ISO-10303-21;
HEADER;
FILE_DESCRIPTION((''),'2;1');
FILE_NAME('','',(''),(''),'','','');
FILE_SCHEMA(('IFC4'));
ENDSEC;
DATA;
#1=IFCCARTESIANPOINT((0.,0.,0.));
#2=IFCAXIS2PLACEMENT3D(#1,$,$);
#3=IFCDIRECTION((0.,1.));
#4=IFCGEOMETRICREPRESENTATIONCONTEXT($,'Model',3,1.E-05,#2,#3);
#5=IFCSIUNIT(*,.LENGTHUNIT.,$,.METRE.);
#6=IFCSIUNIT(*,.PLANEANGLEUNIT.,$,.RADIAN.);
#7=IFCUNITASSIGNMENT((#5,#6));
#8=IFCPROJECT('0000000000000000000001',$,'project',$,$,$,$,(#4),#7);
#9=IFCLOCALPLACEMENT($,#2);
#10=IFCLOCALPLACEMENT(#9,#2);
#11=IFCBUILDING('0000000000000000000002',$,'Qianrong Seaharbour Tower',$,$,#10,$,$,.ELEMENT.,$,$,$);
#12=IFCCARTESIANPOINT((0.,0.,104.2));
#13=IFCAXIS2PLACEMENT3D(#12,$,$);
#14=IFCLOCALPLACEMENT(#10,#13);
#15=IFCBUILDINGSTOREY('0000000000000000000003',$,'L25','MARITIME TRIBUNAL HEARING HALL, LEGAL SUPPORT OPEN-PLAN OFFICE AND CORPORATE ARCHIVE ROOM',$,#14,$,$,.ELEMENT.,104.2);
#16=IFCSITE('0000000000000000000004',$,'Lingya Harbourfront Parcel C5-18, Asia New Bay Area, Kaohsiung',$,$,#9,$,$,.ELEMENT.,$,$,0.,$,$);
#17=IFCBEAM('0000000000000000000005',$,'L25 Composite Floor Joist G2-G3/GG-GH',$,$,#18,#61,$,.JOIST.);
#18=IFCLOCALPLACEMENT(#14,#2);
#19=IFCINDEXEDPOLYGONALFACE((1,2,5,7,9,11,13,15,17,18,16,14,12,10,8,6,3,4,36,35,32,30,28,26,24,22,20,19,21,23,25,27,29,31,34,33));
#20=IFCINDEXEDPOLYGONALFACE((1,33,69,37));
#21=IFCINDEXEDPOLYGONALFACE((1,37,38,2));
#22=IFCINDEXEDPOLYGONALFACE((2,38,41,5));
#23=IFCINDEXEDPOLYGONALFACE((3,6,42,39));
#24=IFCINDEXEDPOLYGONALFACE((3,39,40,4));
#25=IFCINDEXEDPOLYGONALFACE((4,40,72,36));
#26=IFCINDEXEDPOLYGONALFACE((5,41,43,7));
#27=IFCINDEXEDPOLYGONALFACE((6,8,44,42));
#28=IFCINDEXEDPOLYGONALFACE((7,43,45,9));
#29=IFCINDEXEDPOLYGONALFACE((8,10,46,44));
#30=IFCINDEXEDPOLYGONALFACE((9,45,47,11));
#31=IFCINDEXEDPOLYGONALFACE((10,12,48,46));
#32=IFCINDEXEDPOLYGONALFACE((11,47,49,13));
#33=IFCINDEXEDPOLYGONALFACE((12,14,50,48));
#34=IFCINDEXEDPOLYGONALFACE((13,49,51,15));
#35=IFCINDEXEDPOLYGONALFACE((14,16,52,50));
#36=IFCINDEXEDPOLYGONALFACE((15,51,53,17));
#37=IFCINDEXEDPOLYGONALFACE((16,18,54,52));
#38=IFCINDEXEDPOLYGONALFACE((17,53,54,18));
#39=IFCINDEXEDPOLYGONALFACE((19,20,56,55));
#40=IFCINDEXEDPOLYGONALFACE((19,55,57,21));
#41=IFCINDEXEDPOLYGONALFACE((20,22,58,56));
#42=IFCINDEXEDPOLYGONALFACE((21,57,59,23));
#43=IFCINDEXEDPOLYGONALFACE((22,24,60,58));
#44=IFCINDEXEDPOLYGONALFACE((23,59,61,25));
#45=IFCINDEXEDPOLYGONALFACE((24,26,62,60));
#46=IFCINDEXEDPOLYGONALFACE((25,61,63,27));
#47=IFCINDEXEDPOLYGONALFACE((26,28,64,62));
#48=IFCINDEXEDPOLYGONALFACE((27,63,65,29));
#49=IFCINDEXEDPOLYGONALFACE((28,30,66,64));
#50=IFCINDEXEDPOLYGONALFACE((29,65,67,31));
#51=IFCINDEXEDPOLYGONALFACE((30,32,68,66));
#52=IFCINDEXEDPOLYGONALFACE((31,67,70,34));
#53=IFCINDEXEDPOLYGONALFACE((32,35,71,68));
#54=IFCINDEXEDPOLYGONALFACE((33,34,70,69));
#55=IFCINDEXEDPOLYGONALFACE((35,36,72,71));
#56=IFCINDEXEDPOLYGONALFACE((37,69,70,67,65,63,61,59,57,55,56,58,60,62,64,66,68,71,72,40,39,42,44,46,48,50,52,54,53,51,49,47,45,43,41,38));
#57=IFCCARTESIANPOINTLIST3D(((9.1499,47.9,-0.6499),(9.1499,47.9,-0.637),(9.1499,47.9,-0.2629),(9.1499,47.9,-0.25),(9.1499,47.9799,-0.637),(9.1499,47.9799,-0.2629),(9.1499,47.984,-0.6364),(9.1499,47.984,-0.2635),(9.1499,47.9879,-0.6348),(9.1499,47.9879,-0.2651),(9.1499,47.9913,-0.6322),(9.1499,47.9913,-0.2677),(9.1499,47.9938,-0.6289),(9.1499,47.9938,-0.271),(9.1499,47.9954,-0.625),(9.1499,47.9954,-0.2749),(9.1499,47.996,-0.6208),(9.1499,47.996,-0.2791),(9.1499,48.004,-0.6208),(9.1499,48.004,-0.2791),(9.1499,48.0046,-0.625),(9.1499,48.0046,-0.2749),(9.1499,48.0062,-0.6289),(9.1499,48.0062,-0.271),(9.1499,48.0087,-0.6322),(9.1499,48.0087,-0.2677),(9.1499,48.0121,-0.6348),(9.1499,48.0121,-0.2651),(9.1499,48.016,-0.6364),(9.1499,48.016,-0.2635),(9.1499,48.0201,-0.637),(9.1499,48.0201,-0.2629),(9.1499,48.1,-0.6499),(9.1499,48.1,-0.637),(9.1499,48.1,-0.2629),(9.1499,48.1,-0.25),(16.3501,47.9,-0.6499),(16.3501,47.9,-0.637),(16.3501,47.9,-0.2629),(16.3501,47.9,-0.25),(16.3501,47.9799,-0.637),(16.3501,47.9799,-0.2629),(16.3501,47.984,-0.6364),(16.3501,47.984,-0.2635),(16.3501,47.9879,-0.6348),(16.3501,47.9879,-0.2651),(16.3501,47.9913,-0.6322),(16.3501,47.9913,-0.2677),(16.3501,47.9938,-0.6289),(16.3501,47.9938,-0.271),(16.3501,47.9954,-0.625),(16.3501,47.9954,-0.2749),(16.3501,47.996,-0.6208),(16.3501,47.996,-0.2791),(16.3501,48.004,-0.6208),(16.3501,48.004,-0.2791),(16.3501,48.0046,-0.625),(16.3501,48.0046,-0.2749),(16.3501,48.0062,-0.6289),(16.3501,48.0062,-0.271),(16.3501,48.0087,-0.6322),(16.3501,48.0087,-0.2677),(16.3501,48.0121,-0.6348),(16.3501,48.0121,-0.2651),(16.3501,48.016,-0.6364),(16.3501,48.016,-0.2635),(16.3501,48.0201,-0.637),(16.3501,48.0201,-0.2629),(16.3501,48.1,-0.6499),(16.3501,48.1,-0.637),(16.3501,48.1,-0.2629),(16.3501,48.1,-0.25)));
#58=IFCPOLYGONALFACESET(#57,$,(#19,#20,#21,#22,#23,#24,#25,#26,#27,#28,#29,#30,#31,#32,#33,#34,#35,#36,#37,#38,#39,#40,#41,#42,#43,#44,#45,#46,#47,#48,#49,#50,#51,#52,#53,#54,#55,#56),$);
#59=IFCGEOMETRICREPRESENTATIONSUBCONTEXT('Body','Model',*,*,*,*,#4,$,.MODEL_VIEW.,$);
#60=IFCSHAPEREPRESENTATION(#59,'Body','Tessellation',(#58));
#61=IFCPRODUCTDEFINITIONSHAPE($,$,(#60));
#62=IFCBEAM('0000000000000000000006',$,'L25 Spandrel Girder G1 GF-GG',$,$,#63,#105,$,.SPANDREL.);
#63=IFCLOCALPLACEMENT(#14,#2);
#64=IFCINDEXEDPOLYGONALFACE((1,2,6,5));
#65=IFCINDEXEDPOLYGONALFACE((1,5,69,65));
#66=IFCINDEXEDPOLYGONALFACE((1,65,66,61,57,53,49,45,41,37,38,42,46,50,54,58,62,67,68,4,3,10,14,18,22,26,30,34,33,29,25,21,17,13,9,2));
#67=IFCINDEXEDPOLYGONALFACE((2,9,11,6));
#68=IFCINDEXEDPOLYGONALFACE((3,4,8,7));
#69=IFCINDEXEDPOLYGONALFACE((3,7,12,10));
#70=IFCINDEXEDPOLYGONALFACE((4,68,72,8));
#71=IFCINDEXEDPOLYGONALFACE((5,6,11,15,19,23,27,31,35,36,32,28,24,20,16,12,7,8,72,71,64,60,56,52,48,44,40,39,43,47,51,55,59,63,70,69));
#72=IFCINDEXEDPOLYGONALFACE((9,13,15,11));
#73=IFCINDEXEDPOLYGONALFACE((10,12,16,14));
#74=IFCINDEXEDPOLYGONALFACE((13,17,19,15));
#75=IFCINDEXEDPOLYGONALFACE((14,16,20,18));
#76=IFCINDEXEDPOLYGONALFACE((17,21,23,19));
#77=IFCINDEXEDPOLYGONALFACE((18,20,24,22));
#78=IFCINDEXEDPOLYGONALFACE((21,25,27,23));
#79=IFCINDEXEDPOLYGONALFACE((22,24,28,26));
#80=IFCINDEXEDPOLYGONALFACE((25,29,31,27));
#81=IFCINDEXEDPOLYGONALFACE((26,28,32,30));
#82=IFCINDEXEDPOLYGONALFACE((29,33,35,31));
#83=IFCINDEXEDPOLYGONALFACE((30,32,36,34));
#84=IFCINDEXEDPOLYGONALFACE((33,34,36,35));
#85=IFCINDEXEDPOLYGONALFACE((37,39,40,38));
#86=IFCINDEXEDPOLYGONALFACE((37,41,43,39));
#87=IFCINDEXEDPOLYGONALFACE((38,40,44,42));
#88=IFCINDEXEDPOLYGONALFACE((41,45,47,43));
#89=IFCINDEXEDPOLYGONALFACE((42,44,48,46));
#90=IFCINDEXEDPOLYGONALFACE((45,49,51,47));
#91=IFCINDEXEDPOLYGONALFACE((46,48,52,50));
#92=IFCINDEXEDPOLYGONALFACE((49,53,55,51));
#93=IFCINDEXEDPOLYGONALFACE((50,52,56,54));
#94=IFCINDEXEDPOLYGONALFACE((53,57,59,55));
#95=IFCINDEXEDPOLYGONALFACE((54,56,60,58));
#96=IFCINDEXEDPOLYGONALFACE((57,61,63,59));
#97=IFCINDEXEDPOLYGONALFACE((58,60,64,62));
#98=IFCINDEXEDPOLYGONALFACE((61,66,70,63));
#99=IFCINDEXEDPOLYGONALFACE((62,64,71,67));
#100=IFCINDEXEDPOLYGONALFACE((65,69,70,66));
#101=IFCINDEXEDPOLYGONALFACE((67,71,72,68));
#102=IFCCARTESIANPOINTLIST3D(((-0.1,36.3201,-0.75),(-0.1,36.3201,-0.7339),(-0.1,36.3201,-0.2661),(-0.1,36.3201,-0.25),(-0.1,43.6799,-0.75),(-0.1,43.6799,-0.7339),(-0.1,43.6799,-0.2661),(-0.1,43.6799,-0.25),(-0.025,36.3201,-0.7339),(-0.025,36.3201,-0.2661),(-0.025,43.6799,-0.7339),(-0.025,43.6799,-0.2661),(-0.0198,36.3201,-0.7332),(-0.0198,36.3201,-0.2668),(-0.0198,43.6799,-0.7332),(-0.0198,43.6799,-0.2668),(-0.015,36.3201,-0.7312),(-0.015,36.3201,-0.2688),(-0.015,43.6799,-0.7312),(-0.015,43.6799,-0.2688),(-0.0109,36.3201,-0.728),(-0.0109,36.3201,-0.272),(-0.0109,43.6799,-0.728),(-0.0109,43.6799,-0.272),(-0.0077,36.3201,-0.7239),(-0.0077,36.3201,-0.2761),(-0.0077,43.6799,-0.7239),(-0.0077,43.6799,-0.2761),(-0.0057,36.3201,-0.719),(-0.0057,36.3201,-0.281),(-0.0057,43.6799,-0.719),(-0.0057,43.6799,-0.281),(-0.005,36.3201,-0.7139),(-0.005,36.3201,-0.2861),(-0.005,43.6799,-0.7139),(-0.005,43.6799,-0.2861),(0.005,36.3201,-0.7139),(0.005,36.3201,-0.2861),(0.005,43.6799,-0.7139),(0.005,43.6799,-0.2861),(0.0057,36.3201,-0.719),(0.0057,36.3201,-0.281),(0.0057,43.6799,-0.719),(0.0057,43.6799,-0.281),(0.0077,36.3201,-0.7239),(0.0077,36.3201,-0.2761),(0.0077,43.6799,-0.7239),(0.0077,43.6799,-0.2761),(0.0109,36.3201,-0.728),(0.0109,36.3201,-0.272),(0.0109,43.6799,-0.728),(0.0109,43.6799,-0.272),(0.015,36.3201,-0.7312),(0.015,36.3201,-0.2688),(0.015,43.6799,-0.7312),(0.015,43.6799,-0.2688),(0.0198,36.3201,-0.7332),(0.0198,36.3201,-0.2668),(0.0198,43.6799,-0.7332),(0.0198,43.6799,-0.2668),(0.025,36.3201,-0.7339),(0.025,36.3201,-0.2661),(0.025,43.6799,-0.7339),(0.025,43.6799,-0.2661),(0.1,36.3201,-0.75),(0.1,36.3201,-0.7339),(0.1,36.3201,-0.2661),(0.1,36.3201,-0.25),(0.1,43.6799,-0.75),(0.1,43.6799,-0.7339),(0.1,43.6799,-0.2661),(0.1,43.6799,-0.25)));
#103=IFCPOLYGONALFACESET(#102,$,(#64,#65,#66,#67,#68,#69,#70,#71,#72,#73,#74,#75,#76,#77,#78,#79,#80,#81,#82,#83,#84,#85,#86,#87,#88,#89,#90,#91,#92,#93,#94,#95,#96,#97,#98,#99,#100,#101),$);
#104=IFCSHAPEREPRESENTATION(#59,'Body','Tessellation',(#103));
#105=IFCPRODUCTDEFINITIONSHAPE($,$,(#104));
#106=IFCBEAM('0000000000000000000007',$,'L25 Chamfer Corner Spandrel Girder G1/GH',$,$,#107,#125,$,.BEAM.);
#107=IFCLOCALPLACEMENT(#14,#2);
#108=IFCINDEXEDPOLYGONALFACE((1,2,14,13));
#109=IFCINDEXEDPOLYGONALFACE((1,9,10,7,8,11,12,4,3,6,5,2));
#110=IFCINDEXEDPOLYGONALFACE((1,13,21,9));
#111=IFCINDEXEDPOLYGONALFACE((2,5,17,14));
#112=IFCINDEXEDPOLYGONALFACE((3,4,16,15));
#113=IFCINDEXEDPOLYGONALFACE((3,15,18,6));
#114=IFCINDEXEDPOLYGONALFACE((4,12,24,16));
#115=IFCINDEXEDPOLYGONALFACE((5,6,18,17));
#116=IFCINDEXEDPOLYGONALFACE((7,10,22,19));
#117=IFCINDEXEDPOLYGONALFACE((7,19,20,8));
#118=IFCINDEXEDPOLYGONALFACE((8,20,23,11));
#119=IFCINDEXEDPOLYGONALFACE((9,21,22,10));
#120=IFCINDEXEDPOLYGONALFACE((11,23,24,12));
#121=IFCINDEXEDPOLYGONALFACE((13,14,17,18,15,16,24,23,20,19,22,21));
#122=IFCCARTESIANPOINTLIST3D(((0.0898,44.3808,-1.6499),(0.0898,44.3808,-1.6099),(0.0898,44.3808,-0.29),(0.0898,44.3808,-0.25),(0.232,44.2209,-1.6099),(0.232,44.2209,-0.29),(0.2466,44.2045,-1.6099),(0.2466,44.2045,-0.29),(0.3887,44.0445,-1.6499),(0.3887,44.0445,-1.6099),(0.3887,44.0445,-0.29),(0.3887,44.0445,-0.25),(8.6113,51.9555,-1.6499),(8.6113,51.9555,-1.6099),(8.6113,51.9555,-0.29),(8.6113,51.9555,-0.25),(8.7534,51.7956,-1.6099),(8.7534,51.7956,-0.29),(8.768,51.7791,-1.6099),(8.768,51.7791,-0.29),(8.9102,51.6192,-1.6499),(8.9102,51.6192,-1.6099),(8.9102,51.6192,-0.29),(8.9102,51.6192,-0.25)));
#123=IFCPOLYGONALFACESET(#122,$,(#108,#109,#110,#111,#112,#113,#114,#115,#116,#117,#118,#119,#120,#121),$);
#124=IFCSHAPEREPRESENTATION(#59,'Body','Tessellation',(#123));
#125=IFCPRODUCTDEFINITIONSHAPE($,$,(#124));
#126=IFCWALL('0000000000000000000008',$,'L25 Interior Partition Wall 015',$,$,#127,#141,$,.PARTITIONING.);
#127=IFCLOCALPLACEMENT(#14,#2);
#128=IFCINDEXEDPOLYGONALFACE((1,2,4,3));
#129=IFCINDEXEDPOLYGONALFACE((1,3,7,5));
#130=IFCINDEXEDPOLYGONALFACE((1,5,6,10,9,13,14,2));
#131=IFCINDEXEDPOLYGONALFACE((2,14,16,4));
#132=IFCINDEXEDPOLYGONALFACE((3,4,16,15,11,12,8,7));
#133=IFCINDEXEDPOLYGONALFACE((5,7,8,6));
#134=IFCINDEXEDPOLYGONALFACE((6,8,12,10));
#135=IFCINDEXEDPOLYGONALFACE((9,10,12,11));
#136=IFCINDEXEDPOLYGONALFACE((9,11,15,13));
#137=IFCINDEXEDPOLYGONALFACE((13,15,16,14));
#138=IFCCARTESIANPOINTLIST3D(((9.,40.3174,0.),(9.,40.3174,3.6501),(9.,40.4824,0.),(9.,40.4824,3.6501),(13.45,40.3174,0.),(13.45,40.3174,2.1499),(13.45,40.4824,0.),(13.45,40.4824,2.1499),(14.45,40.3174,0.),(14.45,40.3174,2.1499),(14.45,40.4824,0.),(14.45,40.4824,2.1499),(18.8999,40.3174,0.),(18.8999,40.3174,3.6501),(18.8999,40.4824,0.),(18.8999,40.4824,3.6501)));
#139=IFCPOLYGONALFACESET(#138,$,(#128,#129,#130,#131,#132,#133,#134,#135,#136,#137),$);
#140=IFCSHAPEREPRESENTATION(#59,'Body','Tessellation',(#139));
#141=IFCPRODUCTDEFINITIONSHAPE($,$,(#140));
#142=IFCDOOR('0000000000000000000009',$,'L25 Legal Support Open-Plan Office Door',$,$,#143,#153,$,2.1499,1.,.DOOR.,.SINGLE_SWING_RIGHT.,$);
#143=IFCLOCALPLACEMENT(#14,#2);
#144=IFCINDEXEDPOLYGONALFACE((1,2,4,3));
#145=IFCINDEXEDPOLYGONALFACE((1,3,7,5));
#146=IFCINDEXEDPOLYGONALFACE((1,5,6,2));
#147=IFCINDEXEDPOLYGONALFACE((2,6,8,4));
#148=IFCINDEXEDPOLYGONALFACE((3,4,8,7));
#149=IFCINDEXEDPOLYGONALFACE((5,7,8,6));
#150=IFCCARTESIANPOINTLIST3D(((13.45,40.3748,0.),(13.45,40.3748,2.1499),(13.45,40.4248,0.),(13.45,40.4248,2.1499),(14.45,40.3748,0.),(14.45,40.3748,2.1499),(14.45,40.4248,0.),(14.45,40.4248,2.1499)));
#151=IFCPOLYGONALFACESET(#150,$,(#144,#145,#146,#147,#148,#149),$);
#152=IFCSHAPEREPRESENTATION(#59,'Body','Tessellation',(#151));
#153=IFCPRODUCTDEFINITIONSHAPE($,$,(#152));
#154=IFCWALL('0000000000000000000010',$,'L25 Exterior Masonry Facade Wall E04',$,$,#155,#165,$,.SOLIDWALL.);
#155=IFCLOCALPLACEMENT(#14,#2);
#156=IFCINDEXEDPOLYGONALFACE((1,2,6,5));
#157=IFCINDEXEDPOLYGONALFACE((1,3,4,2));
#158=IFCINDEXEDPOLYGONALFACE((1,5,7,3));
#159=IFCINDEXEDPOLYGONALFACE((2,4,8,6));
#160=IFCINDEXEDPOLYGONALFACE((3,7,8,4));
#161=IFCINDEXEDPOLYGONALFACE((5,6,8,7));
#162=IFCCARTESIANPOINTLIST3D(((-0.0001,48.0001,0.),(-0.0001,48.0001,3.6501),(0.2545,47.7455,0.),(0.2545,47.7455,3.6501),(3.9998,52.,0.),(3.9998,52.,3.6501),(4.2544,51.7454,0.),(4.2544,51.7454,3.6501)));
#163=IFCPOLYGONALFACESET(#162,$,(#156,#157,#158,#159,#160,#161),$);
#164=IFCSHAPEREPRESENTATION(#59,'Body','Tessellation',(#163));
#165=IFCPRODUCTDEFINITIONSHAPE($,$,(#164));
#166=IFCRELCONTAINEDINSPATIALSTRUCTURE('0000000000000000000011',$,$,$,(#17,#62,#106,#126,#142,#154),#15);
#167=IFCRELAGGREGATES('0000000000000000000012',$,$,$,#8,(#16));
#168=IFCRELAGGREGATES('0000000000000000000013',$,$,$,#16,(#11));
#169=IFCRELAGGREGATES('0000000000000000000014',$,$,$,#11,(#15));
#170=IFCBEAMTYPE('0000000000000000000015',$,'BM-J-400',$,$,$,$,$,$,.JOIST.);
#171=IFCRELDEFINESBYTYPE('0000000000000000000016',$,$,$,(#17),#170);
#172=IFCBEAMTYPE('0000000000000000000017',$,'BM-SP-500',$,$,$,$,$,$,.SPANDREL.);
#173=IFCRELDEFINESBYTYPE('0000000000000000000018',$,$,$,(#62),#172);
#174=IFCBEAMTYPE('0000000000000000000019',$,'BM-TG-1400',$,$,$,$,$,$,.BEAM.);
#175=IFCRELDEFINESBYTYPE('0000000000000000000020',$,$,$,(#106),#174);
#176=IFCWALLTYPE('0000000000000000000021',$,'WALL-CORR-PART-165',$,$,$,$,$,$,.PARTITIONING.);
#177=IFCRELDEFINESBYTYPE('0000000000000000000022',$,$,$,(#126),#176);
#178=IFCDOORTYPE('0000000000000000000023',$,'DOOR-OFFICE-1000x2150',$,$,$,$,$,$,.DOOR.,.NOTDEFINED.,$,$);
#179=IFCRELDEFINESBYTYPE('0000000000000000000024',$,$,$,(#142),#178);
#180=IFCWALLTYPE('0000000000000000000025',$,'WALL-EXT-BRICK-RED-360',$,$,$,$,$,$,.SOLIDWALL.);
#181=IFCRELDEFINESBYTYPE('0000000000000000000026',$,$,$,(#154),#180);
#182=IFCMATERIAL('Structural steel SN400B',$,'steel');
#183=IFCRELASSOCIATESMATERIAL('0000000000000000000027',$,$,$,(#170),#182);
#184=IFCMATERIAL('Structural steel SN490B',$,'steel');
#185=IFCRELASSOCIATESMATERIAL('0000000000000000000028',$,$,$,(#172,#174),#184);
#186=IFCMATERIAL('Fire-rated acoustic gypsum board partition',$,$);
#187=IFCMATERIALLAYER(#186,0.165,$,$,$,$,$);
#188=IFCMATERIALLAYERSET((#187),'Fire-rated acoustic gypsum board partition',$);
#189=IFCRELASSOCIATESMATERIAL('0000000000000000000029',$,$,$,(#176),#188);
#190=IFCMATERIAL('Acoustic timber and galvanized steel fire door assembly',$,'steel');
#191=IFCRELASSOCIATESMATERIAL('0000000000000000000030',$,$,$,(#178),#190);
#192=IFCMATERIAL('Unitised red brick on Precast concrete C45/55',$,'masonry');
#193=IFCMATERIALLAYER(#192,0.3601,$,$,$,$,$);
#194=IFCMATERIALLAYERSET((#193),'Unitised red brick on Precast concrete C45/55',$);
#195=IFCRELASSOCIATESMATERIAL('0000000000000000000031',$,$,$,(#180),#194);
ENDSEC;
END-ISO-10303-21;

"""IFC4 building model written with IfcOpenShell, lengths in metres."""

from ifc_helpers import new_model, si_unit, direction, frame, frame_2d, origin, origin_2d, place, context, subcontext, project, spatial, rectangle, i_section, extrude, material, layer, layer_set, material_profile, profile_set, type_object, element, fill, save


model = new_model("IFC4")

# Units and contexts
model_context = context("Model", 3, precision=1e-05, world=origin(), true_north=direction((0.0, 1.0)))
body_context = subcontext(model_context, "Body", "Model", "MODEL_VIEW")
ifc_project = project(units=[si_unit("LENGTHUNIT", "METRE"), si_unit("PLANEANGLEUNIT", "RADIAN")], contexts=[model_context])

# Site, building, storey
site_placement = place(None, origin())
site = spatial("IfcSite", under=ifc_project, at=site_placement, Name="Lingya Harbourfront Parcel C5-18, Asia New Bay Area, Kaohsiung", CompositionType="ELEMENT", RefElevation=0.0)
building_placement = place(site_placement, origin())
building = spatial("IfcBuilding", under=site, at=building_placement, Name="Qianrong Seaharbour Tower", CompositionType="ELEMENT")
storey_placement = place(building_placement, frame((0.0, 0.0, 104.2)))
storey = spatial("IfcBuildingStorey", under=building, at=storey_placement, Name="L25", Description="MARITIME TRIBUNAL HEARING HALL, LEGAL SUPPORT OPEN-PLAN OFFICE AND CORPORATE ARCHIVE ROOM", CompositionType="ELEMENT", Elevation=104.2)

# Shared definitions
ifc_material_1 = material(Name="Structural steel SN490B", Category="steel")

# Beams
ifc_material_2 = material(Name="Structural steel SN400B", Category="steel")
ifc_material_profile_1 = material_profile(ifc_material_2, i_section(OverallWidth=0.2, OverallDepth=0.3999, WebThickness=0.0081, FlangeThickness=0.0129, FilletRadius=0.0161, at=origin_2d()), Name="H400x200x8x13")
ifc_profile_set_1 = profile_set([ifc_material_profile_1], Name="Structural steel SN400B")
beam_type_1 = type_object("IfcBeamType", Name="BM-J-400", PredefinedType="JOIST", material=ifc_profile_set_1)
for number, where, z_axis, x_axis, name in (
    (1, (9.1499, 48.0, -0.45), (1.0, 0.0, 0.0), (0.0, 1.0, 0.0), "L25 Composite Floor Joist G2-G3/GG-GH"),
):
    element("IfcBeam", number, at=place(storey_placement, frame(where, z_axis=z_axis, x_axis=x_axis)), inside=storey, type_object=beam_type_1, Name=name, PredefinedType="JOIST", context=body_context, shape_type="SweptSolid", body=[
        extrude(i_section(OverallWidth=0.2, OverallDepth=0.3999, WebThickness=0.0081, FlangeThickness=0.0129, FilletRadius=0.0161, at=origin_2d()), origin(), (0.0, 0.0, 1.0), 7.2002),
    ])
ifc_material_profile_2 = material_profile(ifc_material_1, i_section(OverallWidth=0.2, OverallDepth=0.5, WebThickness=0.01, FlangeThickness=0.0161, FilletRadius=0.02, at=origin_2d()), Name="H500x200x10x16")
ifc_profile_set_2 = profile_set([ifc_material_profile_2], Name="Structural steel SN490B")
beam_type_2 = type_object("IfcBeamType", Name="BM-SP-500", PredefinedType="SPANDREL", material=ifc_profile_set_2)
beam_1_placement = place(storey_placement, frame((0.0, 36.3201, -0.5), z_axis=(0.0, 1.0, 0.0), x_axis=(-1.0, 0.0, 0.0)))
element("IfcBeam", 2, at=beam_1_placement, inside=storey, type_object=beam_type_2, Name="L25 Spandrel Girder G1 GF-GG", PredefinedType="SPANDREL", context=body_context, shape_type="SweptSolid", body=[
    extrude(i_section(OverallWidth=0.2, OverallDepth=0.5, WebThickness=0.01, FlangeThickness=0.0161, FilletRadius=0.02, at=origin_2d()), origin(), (0.0, 0.0, 1.0), 7.3599),
])
ifc_material_profile_3 = material_profile(ifc_material_1, i_section(OverallWidth=0.45, OverallDepth=1.3999, WebThickness=0.022, FlangeThickness=0.04, at=origin_2d()), Name="BH1400x450x22x40")
ifc_profile_set_3 = profile_set([ifc_material_profile_3], Name="Structural steel SN490B")
beam_type_3 = type_object("IfcBeamType", Name="BM-TG-1400", PredefinedType="BEAM", material=ifc_profile_set_3)
beam_2_placement = place(storey_placement, frame((8.7607, 51.7874, -0.95), z_axis=(-0.747407, -0.664366, 0.0), x_axis=(0.664366, -0.747407, 0.0)))
element("IfcBeam", 3, at=beam_2_placement, inside=storey, type_object=beam_type_3, Name="L25 Chamfer Corner Spandrel Girder G1/GH", PredefinedType="BEAM", context=body_context, shape_type="SweptSolid", body=[
    extrude(i_section(OverallWidth=0.45, OverallDepth=1.3999, WebThickness=0.022, FlangeThickness=0.04, at=origin_2d()), origin(), (0.0, 0.0, 1.0), 11.4014),
])

# Wall, opening, door
ifc_material_3 = material(Name="Fire-rated acoustic gypsum board partition")
ifc_layer_1 = layer(ifc_material_3, 0.165)
ifc_layer_set_1 = layer_set([ifc_layer_1], Name="Fire-rated acoustic gypsum board partition")
wall_type_1 = type_object("IfcWallType", Name="WALL-CORR-PART-165", PredefinedType="PARTITIONING", material=ifc_layer_set_1)
wall_1_placement = place(storey_placement, frame((9.0, 40.3999, 0.0), z_axis=(0.0, 0.0, 1.0), x_axis=(1.0, 0.0, 0.0)))
wall_1 = element("IfcWall", 4, at=wall_1_placement, inside=storey, type_object=wall_type_1, Name="L25 Interior Partition Wall 015", PredefinedType="PARTITIONING", context=body_context, shape_type="SweptSolid", body=[
    extrude(rectangle(XDim=9.8999, YDim=0.165, at=frame_2d((4.95, 0.0))), origin(), (0.0, 0.0, 1.0), 3.6501),
])
opening_1_placement = place(wall_1_placement, frame((4.45, 0.0, 0.0)))
opening_1 = element("IfcOpeningElement", 5, at=opening_1_placement, cuts=wall_1, PredefinedType="OPENING", context=body_context, shape_type="SweptSolid", body=[
    extrude(rectangle(XDim=1.0, YDim=2.1499, at=frame_2d((0.5, 1.075))), frame((0.0, 0.0925, 0.0), z_axis=(0.0, -1.0, 0.0), x_axis=(1.0, 0.0, 0.0)), (0.0, 0.0, 1.0), 0.1851),
])
ifc_material_4 = material(Name="Acoustic timber and galvanized steel fire door assembly", Category="steel")
door_type = type_object("IfcDoorType", Name="DOOR-OFFICE-1000x2150", OperationType="NOTDEFINED", PredefinedType="DOOR", material=ifc_material_4)
door_placement = place(opening_1_placement, origin())
door = element("IfcDoor", 6, at=door_placement, inside=storey, type_object=door_type, Name="L25 Legal Support Open-Plan Office Door", OperationType="SINGLE_SWING_RIGHT", OverallHeight=2.1499, OverallWidth=1.0, PredefinedType="DOOR", context=body_context, shape_type="SweptSolid", body=[
    extrude(rectangle(XDim=1.0, YDim=2.1499, at=frame_2d((0.5, 1.075))), frame((0.0, 0.0249, 0.0), z_axis=(0.0, -1.0, 0.0), x_axis=(1.0, 0.0, 0.0)), (0.0, 0.0, 1.0), 0.05),
])
fill(opening_1, door)

# Wall
ifc_material_5 = material(Name="Unitised red brick on Precast concrete C45/55", Category="masonry")
ifc_layer_2 = layer(ifc_material_5, 0.3601)
ifc_layer_set_2 = layer_set([ifc_layer_2], Name="Unitised red brick on Precast concrete C45/55")
wall_type_2 = type_object("IfcWallType", Name="WALL-EXT-BRICK-RED-360", PredefinedType="SOLIDWALL", material=ifc_layer_set_2)
wall_2_placement = place(storey_placement, frame((0.1272, 47.8728, 0.0), z_axis=(0.0, 0.0, 1.0), x_axis=(0.707107, 0.707107, 0.0)))
element("IfcWall", 7, at=wall_2_placement, inside=storey, type_object=wall_type_2, Name="L25 Exterior Masonry Facade Wall E04", PredefinedType="SOLIDWALL", context=body_context, shape_type="SweptSolid", body=[
    extrude(rectangle(XDim=5.6567, YDim=0.3601, at=frame_2d((2.8284, 0.0))), origin(), (0.0, 0.0, 1.0), 3.6501),
])

save(model, "model.ifc")
